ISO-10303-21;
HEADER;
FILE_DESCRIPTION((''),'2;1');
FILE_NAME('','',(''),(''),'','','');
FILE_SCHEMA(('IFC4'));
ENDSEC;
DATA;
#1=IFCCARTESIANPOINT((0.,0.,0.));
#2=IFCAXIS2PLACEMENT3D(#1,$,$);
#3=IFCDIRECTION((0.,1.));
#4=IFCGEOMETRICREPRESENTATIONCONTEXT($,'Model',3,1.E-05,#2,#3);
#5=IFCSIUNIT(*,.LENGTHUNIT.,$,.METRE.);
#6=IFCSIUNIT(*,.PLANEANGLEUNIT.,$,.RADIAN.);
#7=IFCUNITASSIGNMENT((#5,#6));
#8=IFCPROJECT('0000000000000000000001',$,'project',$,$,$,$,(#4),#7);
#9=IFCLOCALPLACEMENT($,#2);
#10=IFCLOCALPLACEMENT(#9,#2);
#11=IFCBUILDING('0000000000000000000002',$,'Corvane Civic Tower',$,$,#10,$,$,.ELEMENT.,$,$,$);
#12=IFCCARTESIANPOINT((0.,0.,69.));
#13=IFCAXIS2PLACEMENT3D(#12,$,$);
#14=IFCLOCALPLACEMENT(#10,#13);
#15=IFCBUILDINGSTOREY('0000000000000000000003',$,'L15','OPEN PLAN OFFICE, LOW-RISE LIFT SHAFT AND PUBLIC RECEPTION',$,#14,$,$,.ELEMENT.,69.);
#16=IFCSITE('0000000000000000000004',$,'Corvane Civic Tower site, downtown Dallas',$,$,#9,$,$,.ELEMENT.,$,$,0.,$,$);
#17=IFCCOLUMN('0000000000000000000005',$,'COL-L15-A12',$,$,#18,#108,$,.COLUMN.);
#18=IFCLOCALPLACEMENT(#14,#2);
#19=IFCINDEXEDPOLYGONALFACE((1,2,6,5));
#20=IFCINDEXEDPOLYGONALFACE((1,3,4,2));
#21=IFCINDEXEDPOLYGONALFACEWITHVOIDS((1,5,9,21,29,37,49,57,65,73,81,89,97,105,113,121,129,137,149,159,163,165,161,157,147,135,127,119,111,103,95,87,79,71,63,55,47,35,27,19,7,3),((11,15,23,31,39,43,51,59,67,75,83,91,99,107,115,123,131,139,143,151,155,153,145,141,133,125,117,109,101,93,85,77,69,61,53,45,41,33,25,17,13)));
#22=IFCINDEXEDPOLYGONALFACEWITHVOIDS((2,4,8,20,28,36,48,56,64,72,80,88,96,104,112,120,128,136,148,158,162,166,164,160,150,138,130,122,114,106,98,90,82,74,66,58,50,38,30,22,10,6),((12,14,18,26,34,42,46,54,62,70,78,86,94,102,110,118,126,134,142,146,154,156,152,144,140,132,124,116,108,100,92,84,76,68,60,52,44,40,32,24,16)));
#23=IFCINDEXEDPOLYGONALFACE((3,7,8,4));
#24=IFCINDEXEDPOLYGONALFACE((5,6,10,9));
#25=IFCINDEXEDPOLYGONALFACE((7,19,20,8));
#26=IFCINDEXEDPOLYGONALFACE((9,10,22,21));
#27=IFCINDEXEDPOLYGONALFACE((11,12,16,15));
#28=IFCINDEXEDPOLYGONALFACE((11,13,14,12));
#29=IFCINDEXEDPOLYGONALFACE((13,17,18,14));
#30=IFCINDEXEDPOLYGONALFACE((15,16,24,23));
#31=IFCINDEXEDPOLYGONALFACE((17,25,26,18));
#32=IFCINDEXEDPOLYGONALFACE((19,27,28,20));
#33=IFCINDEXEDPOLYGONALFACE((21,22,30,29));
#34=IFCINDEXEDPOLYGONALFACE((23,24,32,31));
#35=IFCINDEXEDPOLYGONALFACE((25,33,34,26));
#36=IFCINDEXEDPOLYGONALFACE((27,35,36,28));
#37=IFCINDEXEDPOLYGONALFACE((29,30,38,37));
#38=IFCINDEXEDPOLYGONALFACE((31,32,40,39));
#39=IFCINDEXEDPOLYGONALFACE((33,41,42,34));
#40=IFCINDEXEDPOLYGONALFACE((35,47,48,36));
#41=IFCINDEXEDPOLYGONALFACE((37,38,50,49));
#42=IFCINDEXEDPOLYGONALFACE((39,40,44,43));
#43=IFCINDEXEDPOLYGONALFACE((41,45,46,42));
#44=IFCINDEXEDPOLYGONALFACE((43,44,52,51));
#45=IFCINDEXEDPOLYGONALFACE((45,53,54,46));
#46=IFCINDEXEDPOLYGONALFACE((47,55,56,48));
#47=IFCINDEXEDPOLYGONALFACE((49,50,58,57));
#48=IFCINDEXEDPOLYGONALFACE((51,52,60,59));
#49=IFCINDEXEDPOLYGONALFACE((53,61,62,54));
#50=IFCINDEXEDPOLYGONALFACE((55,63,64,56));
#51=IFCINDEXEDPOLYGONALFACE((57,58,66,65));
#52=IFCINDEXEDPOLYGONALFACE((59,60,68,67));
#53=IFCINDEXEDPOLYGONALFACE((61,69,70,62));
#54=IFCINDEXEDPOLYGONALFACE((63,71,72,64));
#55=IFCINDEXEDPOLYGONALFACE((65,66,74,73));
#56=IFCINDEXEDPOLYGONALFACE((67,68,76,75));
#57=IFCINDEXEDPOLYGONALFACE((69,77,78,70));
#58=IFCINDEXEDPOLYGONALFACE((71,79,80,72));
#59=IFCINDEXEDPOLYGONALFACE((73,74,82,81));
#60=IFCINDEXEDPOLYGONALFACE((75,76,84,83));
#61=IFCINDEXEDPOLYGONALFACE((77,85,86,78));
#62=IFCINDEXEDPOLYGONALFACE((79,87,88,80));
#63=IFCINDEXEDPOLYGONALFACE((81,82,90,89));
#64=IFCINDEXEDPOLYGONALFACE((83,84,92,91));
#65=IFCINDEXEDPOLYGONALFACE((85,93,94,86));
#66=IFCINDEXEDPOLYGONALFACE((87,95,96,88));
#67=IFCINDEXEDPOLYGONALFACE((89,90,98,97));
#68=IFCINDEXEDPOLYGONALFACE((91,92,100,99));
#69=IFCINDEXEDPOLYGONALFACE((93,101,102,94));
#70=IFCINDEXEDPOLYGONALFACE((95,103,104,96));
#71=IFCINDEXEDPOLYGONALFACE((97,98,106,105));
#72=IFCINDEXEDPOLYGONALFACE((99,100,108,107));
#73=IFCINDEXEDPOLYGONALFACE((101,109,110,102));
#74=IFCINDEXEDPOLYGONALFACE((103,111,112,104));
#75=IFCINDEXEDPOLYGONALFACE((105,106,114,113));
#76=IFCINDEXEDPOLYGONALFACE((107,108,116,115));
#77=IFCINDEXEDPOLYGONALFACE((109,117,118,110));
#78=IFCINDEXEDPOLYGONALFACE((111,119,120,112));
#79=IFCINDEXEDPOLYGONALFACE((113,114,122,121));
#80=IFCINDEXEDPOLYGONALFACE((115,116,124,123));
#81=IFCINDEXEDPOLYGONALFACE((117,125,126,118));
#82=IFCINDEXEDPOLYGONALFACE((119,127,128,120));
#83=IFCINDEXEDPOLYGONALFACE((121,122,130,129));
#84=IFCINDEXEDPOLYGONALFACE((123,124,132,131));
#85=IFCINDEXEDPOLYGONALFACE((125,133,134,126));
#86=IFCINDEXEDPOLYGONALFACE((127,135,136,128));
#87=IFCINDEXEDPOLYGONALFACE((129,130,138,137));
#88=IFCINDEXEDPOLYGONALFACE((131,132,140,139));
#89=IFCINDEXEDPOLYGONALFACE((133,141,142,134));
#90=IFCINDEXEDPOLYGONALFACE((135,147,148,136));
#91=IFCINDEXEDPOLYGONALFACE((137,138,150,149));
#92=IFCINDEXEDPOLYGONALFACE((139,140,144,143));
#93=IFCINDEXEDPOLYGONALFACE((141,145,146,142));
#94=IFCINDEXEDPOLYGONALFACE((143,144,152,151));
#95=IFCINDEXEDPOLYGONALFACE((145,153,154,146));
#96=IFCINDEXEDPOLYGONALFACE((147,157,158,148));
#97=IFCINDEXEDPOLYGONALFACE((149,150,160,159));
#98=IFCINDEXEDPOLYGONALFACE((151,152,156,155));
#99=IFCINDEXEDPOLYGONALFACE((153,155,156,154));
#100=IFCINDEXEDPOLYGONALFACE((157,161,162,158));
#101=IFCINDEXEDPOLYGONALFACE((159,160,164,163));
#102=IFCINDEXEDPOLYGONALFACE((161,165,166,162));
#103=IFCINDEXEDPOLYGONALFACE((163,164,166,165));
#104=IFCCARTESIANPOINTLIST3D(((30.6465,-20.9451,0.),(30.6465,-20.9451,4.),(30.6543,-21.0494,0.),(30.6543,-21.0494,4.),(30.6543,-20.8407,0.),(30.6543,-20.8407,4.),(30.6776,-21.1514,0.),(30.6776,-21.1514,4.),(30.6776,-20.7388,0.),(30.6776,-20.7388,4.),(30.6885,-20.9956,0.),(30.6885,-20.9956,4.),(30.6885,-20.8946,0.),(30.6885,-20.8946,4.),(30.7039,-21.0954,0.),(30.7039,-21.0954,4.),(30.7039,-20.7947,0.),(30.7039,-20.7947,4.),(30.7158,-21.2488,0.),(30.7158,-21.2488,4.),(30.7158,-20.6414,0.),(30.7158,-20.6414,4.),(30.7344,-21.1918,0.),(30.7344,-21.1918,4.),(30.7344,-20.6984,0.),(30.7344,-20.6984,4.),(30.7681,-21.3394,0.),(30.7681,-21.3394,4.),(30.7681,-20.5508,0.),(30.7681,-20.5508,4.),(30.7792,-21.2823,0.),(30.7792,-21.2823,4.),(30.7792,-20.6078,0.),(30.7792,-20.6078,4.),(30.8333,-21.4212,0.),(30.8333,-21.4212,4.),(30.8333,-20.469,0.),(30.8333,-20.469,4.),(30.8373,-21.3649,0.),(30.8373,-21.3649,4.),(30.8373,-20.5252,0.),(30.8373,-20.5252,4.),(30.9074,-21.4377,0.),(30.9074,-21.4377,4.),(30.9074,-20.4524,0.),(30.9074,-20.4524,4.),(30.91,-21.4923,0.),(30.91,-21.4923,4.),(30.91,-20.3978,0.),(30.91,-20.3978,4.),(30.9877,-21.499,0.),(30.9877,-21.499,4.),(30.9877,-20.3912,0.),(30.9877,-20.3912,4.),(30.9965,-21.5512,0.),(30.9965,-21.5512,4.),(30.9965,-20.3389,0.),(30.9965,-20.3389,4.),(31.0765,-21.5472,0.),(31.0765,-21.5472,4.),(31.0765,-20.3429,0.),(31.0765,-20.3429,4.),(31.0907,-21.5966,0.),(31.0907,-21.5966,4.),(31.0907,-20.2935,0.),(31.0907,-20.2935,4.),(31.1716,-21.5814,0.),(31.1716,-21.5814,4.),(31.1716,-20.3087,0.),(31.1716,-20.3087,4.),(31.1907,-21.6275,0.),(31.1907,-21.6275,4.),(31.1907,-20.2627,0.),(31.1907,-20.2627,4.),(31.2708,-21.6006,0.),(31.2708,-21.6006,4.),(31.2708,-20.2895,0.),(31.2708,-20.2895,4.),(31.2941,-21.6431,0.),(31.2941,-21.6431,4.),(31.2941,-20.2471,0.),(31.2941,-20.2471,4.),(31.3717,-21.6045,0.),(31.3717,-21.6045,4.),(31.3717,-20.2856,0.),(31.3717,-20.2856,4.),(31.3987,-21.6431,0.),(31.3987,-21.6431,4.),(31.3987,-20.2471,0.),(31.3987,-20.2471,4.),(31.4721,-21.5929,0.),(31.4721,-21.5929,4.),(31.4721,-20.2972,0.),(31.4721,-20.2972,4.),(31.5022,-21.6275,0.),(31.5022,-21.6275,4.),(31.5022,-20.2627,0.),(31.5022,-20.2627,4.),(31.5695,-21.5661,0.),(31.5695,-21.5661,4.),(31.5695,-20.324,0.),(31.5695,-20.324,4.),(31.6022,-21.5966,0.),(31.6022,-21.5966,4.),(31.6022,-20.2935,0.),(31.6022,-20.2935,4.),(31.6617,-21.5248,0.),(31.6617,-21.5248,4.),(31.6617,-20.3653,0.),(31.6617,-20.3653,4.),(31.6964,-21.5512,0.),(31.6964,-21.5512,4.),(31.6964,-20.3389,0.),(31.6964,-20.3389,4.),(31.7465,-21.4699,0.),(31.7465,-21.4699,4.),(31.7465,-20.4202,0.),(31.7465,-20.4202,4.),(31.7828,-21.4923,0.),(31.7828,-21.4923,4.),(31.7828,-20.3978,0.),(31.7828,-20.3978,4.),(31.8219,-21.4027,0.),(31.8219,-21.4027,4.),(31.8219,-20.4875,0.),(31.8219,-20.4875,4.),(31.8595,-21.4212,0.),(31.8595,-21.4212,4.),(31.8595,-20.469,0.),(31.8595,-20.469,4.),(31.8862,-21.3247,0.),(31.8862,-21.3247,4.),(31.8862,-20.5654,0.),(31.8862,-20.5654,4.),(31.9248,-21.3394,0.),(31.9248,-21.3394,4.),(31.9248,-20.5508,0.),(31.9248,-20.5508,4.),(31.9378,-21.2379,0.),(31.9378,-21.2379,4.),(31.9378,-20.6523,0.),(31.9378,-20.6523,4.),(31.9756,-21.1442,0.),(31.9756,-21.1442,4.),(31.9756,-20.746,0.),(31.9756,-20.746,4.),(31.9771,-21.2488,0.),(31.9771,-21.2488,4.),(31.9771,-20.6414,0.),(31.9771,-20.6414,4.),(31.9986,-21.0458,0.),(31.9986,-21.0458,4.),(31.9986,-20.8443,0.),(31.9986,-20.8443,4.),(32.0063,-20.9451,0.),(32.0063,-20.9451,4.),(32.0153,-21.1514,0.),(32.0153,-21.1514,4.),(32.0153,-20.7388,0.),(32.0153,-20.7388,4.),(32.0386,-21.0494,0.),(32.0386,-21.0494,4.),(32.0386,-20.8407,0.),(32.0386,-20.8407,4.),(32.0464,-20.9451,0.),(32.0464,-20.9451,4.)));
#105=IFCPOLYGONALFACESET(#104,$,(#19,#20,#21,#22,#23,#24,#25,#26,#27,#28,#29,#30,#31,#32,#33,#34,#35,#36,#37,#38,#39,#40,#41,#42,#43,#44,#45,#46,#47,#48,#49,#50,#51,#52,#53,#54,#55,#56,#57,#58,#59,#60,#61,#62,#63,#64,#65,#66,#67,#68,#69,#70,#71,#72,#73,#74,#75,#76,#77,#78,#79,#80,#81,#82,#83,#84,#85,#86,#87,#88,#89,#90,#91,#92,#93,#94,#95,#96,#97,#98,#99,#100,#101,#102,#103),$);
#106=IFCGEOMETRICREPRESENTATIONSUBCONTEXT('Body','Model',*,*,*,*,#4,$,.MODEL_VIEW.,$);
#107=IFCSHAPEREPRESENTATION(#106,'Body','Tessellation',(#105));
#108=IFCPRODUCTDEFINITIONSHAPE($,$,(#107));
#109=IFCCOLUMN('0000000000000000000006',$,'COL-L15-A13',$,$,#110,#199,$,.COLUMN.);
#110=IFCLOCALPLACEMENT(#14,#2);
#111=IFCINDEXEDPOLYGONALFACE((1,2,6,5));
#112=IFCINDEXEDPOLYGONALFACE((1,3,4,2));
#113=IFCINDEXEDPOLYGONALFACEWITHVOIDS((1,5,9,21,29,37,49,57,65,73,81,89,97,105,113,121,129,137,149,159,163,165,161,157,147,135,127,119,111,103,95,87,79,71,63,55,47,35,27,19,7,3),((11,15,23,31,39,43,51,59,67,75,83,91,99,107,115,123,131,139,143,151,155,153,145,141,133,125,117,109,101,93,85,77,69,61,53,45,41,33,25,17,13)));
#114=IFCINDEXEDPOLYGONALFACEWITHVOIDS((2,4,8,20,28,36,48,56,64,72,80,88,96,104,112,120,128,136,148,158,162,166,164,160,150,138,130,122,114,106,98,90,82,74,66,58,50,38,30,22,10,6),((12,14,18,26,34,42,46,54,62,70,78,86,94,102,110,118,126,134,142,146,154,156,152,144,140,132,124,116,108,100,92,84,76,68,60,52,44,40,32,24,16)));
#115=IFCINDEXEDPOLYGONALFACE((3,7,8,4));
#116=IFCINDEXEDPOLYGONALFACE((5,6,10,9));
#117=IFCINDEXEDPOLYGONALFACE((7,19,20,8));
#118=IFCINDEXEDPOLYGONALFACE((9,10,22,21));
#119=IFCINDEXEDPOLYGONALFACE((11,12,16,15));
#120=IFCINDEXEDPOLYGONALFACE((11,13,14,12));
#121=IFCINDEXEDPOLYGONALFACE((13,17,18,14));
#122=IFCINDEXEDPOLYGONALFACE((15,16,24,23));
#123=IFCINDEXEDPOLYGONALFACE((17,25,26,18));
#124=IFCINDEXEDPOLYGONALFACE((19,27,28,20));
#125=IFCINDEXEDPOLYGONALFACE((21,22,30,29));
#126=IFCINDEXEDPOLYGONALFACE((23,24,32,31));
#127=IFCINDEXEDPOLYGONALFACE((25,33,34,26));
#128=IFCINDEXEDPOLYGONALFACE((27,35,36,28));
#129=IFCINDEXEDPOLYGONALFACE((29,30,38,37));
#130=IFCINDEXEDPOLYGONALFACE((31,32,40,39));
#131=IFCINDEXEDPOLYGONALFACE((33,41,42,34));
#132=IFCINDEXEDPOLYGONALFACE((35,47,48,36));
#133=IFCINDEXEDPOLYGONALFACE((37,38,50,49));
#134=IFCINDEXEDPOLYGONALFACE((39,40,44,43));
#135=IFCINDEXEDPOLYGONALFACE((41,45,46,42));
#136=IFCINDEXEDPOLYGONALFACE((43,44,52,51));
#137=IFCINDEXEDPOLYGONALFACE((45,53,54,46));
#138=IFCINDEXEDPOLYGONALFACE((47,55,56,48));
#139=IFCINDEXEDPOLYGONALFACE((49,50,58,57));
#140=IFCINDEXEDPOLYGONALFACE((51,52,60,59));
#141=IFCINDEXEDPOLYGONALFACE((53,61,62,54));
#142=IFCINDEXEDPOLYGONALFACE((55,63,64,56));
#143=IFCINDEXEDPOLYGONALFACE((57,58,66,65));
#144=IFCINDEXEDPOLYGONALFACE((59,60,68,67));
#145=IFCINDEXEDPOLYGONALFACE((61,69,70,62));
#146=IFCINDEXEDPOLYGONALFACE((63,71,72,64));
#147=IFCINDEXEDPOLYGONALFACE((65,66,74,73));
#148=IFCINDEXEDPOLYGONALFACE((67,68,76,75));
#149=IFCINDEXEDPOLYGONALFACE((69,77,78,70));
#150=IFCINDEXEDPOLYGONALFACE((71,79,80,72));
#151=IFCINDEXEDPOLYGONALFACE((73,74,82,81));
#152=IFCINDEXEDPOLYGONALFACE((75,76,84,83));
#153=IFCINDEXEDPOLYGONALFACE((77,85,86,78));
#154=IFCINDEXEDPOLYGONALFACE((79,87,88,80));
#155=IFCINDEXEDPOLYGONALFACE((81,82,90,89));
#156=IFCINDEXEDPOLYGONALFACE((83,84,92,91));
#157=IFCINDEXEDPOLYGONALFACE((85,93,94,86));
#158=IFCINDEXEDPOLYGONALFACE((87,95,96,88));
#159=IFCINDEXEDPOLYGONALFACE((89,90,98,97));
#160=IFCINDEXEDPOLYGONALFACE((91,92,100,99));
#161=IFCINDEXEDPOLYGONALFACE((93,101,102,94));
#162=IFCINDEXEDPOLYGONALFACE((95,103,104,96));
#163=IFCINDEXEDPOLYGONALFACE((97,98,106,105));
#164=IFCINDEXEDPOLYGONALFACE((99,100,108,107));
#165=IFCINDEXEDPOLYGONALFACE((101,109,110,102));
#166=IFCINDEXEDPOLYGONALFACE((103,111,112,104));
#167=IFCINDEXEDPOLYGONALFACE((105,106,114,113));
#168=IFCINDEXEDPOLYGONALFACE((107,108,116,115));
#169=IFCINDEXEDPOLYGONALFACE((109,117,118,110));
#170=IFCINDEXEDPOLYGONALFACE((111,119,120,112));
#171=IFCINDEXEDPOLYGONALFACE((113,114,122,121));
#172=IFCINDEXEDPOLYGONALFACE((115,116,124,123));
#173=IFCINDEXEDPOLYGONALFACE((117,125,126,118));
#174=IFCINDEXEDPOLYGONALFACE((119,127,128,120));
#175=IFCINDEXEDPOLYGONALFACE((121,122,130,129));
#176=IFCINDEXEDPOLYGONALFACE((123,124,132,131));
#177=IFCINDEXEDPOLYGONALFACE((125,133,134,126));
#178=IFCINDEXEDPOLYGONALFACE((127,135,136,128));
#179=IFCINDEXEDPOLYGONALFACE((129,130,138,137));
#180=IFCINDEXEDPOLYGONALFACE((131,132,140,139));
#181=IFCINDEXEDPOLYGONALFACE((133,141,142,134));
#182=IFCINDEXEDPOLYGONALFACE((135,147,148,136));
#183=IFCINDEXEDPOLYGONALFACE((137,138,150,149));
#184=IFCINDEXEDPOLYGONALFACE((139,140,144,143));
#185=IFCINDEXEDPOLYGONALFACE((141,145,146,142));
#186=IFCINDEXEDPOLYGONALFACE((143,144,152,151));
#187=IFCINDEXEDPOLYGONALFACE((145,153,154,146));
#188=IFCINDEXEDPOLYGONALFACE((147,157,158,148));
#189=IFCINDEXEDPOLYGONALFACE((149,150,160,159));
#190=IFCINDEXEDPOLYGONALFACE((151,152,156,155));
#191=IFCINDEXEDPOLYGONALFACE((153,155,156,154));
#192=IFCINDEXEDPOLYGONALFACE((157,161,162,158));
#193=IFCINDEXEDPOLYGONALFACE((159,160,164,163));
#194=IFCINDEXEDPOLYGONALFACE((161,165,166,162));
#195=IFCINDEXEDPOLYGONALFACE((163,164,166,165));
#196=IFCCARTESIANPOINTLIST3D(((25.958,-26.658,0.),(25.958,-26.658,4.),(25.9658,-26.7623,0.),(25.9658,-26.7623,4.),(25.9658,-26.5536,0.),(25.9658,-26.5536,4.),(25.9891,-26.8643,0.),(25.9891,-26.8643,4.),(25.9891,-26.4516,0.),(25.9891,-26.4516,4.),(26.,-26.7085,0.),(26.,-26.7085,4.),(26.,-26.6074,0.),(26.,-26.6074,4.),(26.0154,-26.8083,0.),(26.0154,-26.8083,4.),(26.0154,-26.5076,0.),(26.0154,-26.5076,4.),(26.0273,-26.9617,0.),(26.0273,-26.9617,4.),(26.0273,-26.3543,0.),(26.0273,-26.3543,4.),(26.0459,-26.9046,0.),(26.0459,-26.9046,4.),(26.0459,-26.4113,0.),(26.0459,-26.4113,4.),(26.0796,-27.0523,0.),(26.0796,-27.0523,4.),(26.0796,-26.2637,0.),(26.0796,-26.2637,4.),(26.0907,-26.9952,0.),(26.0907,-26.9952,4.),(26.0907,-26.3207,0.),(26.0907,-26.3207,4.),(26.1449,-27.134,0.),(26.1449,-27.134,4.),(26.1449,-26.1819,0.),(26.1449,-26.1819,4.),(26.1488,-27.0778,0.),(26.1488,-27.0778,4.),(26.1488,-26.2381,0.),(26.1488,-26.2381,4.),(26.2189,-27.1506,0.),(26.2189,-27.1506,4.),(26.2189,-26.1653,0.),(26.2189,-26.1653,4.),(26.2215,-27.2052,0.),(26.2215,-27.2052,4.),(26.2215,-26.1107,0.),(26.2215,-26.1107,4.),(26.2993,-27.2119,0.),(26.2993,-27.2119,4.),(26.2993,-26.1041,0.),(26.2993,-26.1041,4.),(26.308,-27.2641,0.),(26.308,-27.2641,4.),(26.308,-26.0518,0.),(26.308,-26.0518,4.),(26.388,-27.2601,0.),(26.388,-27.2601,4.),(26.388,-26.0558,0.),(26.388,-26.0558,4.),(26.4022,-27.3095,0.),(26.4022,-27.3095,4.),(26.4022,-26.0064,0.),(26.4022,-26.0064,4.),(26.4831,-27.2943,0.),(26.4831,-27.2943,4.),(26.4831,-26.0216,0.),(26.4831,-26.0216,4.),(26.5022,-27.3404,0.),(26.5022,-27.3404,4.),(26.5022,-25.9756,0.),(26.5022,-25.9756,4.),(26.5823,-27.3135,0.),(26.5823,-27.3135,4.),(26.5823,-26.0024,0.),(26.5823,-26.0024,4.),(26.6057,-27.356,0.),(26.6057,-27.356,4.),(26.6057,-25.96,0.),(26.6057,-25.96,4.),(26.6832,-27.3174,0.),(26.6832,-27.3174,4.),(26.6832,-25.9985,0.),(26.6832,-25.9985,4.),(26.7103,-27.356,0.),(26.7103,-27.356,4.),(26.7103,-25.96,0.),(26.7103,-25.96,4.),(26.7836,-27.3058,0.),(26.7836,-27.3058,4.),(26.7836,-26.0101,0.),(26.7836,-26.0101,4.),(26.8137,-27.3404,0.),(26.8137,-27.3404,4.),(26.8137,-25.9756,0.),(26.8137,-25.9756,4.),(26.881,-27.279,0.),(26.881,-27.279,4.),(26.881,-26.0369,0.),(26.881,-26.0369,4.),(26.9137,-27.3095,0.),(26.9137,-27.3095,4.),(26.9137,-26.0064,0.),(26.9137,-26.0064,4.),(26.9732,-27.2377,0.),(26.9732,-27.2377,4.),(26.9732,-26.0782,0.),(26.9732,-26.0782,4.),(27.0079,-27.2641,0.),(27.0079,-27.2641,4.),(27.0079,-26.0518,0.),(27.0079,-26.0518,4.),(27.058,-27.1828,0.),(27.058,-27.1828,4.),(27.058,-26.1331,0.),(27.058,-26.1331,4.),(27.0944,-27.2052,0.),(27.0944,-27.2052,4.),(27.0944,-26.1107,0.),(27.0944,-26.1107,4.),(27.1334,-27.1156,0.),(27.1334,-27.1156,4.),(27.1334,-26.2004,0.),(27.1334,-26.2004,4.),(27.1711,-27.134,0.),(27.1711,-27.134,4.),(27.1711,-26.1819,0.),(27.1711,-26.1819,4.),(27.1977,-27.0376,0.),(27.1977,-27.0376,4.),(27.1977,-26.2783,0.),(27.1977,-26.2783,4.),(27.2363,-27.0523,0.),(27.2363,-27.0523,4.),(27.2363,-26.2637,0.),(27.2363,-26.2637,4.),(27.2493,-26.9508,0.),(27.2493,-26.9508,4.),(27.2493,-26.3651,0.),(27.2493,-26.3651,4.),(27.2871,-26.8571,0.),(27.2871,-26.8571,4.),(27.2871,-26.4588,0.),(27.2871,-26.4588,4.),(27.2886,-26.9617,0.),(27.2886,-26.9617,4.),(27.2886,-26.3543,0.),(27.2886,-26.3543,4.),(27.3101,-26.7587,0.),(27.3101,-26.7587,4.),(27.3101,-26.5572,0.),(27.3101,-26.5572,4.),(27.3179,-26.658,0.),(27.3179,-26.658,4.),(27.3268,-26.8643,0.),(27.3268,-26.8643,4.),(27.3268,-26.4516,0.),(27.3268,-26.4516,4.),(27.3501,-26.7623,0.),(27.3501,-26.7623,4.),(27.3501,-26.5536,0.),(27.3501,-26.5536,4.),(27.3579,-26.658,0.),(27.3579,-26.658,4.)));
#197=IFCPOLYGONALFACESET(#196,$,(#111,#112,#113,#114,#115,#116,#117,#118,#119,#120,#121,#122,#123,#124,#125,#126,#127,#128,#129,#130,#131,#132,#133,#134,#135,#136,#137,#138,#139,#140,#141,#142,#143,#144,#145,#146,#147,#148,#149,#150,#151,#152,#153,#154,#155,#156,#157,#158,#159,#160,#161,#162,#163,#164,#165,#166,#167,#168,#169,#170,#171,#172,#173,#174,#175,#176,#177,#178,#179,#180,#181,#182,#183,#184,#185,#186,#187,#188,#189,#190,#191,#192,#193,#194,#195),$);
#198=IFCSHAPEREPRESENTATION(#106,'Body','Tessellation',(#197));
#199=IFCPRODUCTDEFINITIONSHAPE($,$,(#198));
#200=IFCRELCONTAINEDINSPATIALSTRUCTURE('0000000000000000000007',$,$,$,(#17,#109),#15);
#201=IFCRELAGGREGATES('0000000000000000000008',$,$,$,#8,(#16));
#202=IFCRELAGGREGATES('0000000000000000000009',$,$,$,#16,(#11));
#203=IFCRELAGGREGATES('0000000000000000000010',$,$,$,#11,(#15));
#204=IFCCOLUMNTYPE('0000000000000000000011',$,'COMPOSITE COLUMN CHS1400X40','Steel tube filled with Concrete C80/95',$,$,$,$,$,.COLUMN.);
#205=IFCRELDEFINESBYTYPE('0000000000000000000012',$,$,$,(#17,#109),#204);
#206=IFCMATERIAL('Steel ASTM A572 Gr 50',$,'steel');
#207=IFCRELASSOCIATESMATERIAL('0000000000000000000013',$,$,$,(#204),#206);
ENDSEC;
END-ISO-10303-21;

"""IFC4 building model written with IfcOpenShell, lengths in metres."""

from ifc_helpers import new_model, si_unit, direction, frame, origin, origin_2d, place, context, subcontext, project, spatial, hollow_circle, extrude, material, material_profile, profile_set, type_object, element, save


model = new_model("IFC4")

# Units and contexts
model_context = context("Model", 3, precision=1e-05, world=origin(), true_north=direction((0.0, 1.0)))
body_context = subcontext(model_context, "Body", "Model", "MODEL_VIEW")
ifc_project = project(units=[si_unit("LENGTHUNIT", "METRE"), si_unit("PLANEANGLEUNIT", "RADIAN")], contexts=[model_context])

# Site, building, storey
site_placement = place(None, origin())
site = spatial("IfcSite", under=ifc_project, at=site_placement, Name="Corvane Civic Tower site, downtown Dallas", CompositionType="ELEMENT", RefElevation=0.0)
building_placement = place(site_placement, origin())
building = spatial("IfcBuilding", under=site, at=building_placement, Name="Corvane Civic Tower", CompositionType="ELEMENT")
storey_placement = place(building_placement, frame((0.0, 0.0, 69.0)))
storey = spatial("IfcBuildingStorey", under=building, at=storey_placement, Name="L15", Description="OPEN PLAN OFFICE, LOW-RISE LIFT SHAFT AND PUBLIC RECEPTION", CompositionType="ELEMENT", Elevation=69.0)

# Columns
ifc_material_1 = material(Name="Steel ASTM A572 Gr 50", Category="steel")
ifc_material_profile_1 = material_profile(ifc_material_1, hollow_circle(Radius=0.7, WallThickness=0.04, at=origin_2d()), Name="CHS1400X40")
ifc_profile_set_1 = profile_set([ifc_material_profile_1], Name="Steel ASTM A572 Gr 50")
column_type = type_object("IfcColumnType", Name="COMPOSITE COLUMN CHS1400X40", Description="Steel tube filled with Concrete C80/95", PredefinedType="COLUMN", material=ifc_profile_set_1)
for number, where, z_axis, x_axis, name in (
    (1, (31.3464, -20.9451, 0.0), (0.0, 0.0, 1.0), (1.0, 0.0, 0.0), "COL-L15-A12"),
    (2, (26.658, -26.658, 0.0), (0.0, 0.0, 1.0), (1.0, 0.0, 0.0), "COL-L15-A13"),
):
    element("IfcColumn", number, at=place(storey_placement, frame(where, z_axis=z_axis, x_axis=x_axis)), inside=storey, type_object=column_type, Name=name, PredefinedType="COLUMN", context=body_context, shape_type="SweptSolid", body=[
        extrude(hollow_circle(Radius=0.7, WallThickness=0.04, at=origin_2d()), origin(), (0.0, 0.0, 1.0), 4.0),
    ])

save(model, "model.ifc")
